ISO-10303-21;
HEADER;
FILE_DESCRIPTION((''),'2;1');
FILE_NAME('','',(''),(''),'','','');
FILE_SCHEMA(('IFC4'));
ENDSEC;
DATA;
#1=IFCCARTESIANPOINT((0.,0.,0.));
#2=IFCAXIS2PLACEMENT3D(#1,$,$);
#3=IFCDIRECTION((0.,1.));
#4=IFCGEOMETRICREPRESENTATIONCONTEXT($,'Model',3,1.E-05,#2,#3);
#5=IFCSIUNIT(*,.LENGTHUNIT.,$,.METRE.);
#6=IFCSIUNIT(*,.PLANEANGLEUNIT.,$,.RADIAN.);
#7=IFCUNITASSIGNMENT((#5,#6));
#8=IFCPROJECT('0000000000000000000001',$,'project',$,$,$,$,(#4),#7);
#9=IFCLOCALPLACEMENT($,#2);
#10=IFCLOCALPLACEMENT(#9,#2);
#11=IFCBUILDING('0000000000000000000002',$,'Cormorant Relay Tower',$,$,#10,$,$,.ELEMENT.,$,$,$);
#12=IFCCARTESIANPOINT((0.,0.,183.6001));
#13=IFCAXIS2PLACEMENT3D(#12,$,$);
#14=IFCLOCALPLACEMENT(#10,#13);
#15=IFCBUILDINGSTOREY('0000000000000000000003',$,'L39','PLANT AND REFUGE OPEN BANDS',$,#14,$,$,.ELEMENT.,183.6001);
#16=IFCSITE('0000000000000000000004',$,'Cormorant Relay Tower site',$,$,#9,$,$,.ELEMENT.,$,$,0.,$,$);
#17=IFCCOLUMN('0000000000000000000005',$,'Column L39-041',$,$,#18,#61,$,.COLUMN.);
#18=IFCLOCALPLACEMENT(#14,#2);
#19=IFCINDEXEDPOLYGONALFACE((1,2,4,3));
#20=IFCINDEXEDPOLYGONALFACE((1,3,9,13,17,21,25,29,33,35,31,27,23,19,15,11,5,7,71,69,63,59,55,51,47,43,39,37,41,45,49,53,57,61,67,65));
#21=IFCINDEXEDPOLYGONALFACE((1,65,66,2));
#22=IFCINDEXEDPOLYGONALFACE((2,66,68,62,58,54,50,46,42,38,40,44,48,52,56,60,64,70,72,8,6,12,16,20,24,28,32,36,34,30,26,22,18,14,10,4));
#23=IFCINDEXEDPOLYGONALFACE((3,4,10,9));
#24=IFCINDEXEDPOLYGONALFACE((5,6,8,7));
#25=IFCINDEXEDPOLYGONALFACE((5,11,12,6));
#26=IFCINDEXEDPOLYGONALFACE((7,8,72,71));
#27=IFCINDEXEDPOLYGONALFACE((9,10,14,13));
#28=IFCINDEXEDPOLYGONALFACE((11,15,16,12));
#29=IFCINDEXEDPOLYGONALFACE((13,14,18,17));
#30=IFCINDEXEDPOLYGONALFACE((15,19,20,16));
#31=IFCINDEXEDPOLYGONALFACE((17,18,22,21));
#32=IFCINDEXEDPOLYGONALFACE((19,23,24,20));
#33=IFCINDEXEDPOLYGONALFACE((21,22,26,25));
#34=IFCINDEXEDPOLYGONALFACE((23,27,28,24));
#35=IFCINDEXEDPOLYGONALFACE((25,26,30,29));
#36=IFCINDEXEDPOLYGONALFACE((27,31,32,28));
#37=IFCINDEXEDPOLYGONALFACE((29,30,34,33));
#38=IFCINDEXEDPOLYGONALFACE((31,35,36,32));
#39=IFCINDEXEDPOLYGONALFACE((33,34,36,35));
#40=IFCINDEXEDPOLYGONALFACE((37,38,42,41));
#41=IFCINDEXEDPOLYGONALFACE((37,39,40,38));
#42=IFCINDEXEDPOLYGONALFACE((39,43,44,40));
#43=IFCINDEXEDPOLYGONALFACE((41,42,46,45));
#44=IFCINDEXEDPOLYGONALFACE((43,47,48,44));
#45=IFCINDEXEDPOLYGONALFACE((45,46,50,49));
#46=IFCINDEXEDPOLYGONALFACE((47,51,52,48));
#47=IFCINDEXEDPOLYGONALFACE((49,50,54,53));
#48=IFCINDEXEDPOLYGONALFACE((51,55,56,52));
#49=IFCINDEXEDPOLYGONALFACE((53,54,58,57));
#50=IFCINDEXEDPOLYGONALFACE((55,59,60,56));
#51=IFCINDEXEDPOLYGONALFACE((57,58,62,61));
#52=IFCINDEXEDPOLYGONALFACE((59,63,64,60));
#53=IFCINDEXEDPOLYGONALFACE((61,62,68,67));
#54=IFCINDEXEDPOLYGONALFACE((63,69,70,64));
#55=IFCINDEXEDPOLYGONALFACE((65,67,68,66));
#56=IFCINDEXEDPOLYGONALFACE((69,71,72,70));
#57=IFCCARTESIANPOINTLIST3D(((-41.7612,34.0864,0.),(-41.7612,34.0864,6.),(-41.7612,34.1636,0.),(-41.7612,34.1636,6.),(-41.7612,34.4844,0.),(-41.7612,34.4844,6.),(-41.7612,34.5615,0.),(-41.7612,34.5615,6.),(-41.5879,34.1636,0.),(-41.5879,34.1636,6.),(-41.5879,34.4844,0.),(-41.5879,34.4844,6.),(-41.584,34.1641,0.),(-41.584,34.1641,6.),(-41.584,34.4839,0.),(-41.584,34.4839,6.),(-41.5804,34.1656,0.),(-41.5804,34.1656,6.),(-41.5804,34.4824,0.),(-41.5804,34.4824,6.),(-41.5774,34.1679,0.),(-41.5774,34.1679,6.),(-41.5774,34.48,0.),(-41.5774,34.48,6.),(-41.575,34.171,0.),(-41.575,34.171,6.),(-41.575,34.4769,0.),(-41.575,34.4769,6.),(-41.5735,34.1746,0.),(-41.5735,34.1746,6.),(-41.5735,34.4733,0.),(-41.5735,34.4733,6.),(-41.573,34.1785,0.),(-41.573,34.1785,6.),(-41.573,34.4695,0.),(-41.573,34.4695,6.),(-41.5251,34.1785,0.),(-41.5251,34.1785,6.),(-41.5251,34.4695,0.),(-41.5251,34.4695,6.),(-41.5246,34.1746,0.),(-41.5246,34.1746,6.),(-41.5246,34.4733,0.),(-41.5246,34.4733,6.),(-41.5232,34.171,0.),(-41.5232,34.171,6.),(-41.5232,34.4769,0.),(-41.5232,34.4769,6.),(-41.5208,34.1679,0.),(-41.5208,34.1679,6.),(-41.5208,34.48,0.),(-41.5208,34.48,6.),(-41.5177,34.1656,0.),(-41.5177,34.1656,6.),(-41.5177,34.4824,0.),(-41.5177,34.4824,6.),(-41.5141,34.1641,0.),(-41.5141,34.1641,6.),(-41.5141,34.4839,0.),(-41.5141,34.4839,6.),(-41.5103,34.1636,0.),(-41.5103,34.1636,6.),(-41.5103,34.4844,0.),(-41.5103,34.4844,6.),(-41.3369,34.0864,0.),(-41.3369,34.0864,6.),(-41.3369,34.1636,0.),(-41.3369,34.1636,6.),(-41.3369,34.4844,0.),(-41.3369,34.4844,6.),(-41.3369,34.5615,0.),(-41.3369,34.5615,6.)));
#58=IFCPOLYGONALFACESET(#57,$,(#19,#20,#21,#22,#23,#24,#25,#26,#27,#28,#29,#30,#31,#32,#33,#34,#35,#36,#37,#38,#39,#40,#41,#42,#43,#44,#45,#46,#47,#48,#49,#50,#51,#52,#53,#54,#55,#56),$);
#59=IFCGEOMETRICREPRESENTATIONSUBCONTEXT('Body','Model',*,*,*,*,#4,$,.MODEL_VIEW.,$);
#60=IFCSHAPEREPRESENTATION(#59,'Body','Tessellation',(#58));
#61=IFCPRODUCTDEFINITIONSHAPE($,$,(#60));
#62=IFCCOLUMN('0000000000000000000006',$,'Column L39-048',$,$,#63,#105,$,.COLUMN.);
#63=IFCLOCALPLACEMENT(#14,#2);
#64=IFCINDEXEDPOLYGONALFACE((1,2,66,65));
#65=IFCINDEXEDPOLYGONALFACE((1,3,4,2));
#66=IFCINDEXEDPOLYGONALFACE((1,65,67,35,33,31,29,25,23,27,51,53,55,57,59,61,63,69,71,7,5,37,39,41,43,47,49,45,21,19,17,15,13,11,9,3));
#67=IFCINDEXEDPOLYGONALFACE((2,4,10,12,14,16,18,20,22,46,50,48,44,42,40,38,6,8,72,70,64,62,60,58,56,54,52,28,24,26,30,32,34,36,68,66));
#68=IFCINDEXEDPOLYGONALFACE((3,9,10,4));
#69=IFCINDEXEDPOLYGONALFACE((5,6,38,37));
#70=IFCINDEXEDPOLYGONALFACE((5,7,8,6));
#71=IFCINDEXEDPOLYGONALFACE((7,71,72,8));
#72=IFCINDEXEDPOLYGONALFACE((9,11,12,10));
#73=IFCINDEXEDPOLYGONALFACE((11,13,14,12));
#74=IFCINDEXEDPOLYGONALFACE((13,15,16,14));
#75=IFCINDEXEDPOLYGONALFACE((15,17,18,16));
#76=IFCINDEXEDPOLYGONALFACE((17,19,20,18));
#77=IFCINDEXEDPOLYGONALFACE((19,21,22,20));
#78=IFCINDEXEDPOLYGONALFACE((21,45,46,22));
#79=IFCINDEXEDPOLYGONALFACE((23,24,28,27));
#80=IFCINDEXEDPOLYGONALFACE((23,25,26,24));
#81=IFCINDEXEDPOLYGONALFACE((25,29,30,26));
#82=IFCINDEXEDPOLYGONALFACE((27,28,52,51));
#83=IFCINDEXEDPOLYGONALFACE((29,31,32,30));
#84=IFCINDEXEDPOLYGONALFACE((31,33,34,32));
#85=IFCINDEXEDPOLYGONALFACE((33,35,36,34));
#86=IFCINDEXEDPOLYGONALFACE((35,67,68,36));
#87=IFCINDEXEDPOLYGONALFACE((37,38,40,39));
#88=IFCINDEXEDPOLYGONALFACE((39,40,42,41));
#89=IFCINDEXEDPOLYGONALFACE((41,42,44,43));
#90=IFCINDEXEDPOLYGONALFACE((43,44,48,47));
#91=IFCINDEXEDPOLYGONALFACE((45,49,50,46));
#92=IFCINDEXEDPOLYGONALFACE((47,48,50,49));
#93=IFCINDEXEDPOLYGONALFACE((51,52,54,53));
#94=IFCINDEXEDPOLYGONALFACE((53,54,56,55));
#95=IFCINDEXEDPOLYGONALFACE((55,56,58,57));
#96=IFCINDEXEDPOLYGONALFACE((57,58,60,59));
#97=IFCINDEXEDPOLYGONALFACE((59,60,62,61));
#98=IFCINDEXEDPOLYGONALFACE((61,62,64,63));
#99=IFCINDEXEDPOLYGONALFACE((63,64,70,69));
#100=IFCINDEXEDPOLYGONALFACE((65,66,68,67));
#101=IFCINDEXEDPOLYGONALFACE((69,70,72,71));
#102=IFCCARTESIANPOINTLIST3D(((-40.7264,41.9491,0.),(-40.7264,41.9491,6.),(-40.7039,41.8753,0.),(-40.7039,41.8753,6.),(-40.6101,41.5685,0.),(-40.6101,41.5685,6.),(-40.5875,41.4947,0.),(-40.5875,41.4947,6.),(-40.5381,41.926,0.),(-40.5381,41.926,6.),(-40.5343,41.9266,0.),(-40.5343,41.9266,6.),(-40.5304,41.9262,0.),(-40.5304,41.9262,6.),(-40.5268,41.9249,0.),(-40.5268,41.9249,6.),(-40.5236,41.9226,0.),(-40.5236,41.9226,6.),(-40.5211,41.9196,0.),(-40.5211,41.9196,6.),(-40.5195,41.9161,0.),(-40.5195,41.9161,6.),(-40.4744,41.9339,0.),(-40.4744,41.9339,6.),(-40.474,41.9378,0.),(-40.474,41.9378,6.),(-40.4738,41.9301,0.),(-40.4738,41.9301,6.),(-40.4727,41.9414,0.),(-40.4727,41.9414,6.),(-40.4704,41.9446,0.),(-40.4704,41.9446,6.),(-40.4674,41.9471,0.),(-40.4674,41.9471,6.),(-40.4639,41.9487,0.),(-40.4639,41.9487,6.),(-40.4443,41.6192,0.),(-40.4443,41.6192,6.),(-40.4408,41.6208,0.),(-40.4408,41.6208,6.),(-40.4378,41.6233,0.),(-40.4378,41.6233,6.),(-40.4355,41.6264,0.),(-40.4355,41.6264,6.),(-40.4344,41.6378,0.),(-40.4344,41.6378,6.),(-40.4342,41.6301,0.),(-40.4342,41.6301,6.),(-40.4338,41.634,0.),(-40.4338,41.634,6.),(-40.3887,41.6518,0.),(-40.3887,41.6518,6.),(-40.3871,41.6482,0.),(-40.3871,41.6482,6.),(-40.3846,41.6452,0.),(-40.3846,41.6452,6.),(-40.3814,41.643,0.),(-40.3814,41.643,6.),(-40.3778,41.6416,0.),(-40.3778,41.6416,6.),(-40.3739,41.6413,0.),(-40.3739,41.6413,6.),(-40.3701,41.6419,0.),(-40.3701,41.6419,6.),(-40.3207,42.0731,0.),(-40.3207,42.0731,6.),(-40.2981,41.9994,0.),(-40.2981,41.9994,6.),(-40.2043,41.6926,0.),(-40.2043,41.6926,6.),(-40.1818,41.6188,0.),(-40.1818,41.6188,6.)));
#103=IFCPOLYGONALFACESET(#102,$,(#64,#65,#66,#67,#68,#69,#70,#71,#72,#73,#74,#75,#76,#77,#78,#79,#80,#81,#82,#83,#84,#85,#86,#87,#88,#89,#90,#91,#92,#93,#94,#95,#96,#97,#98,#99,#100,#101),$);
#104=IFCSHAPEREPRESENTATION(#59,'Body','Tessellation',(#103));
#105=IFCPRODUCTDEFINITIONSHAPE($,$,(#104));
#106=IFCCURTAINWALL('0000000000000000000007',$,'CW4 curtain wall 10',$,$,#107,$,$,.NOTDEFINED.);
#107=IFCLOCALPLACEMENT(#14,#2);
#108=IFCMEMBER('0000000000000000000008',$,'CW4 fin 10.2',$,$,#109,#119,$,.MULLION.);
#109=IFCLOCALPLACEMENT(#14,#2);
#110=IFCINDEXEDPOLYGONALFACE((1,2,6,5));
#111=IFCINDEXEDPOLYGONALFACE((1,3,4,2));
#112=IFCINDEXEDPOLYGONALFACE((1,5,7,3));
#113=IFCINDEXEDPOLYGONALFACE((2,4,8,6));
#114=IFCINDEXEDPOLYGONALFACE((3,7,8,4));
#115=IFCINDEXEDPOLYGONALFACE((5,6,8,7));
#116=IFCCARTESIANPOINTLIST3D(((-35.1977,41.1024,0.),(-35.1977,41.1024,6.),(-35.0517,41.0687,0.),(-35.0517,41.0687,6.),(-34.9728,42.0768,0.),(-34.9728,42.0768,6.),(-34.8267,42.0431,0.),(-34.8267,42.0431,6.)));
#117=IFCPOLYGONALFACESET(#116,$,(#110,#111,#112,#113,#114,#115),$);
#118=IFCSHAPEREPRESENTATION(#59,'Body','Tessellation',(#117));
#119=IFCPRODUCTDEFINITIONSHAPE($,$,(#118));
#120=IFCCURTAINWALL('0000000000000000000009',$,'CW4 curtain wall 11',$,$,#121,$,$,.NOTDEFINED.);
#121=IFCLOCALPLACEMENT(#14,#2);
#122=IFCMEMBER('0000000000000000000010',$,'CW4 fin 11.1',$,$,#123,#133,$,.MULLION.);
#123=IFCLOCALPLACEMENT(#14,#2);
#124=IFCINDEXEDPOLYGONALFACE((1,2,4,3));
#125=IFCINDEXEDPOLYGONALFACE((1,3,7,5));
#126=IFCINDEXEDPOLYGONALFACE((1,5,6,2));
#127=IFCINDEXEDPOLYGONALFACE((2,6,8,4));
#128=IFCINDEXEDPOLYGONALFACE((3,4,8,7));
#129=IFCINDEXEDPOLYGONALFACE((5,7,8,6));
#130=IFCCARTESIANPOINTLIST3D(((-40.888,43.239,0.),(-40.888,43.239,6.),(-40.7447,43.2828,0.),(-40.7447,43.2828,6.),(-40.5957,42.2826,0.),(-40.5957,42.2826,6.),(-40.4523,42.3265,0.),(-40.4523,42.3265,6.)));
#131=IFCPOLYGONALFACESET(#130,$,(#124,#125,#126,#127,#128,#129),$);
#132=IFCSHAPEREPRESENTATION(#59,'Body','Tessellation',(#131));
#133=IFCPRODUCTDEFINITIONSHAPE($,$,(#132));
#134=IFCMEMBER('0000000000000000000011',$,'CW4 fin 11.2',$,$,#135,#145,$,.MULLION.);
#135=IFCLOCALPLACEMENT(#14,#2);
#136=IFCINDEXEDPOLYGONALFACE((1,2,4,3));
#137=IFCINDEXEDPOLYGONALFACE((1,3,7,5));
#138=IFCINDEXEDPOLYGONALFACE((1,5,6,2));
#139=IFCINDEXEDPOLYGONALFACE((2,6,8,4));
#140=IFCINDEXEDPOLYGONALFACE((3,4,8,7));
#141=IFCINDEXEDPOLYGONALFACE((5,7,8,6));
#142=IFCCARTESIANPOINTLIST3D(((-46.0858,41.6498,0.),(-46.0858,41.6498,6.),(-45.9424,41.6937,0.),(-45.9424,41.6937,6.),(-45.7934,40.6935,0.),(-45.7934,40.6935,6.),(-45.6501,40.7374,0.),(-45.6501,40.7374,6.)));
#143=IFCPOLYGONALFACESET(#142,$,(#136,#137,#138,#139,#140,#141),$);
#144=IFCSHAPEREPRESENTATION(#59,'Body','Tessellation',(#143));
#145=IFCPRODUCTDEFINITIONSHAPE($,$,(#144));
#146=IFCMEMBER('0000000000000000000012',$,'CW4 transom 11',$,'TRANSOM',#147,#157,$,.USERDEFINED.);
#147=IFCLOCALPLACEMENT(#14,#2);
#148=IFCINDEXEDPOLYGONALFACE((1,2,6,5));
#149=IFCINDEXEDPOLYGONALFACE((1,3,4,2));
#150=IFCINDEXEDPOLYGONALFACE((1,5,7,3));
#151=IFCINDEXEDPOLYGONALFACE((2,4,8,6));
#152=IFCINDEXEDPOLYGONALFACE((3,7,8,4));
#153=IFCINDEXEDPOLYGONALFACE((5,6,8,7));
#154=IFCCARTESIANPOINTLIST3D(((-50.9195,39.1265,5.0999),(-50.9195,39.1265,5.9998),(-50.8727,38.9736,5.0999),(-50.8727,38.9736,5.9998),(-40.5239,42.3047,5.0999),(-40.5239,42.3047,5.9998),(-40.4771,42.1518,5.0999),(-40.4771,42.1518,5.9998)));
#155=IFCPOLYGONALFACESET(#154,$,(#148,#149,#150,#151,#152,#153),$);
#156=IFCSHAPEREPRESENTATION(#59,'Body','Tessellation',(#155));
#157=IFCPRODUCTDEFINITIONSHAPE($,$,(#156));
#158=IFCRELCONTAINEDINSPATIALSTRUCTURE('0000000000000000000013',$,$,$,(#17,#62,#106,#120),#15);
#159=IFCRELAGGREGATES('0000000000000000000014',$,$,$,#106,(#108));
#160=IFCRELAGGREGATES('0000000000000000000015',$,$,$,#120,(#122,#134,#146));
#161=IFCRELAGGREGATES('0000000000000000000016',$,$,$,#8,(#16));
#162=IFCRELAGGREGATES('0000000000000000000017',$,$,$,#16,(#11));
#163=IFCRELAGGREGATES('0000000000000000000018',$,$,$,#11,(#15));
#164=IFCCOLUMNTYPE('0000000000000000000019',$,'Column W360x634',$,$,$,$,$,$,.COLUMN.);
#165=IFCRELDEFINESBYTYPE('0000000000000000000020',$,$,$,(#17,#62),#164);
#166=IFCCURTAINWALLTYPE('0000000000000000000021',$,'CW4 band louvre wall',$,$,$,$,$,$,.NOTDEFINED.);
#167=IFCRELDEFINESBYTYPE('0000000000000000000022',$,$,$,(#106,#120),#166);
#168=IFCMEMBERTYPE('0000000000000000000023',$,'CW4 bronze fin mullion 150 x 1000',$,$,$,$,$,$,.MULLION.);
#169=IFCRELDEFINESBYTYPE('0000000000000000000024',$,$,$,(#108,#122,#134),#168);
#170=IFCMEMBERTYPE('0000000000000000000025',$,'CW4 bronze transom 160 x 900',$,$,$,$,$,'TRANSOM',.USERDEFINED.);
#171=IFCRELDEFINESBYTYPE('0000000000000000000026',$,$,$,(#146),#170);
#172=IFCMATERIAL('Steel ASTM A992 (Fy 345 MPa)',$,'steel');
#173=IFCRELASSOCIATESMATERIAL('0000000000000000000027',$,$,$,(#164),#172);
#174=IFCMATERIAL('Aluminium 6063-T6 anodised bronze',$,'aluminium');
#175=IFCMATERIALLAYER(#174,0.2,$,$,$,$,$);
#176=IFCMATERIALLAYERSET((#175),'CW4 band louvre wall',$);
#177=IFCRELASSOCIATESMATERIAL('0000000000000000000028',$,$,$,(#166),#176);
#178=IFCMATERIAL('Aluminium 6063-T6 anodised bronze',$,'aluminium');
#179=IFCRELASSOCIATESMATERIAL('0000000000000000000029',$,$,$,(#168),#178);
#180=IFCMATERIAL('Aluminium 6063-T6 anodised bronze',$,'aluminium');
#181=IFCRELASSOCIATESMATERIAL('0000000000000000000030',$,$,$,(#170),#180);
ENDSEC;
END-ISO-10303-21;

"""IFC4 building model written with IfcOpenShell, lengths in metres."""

from ifc_helpers import new_model, si_unit, direction, frame, origin, origin_2d, place, context, subcontext, project, spatial, rectangle, i_section, extrude, material, layer, layer_set, material_profile, profile_set, type_object, element, aggregate, save


model = new_model("IFC4")

# Units and contexts
model_context = context("Model", 3, precision=1e-05, world=origin(), true_north=direction((0.0, 1.0)))
body_context = subcontext(model_context, "Body", "Model", "MODEL_VIEW")
ifc_project = project(units=[si_unit("LENGTHUNIT", "METRE"), si_unit("PLANEANGLEUNIT", "RADIAN")], contexts=[model_context])

# Site, building, storey
site_placement = place(None, origin())
site = spatial("IfcSite", under=ifc_project, at=site_placement, Name="Cormorant Relay Tower site", CompositionType="ELEMENT", RefElevation=0.0)
building_placement = place(site_placement, origin())
building = spatial("IfcBuilding", under=site, at=building_placement, Name="Cormorant Relay Tower", CompositionType="ELEMENT")
storey_placement = place(building_placement, frame((0.0, 0.0, 183.6001)))
storey = spatial("IfcBuildingStorey", under=building, at=storey_placement, Name="L39", Description="PLANT AND REFUGE OPEN BANDS", CompositionType="ELEMENT", Elevation=183.6001)

# Columns
ifc_material_1 = material(Name="Steel ASTM A992 (Fy 345 MPa)", Category="steel")
ifc_material_profile_1 = material_profile(ifc_material_1, i_section(OverallWidth=0.4243, OverallDepth=0.4751, WebThickness=0.0479, FlangeThickness=0.0771, FilletRadius=0.0149, at=origin_2d()), Name="W360x634")
ifc_profile_set_1 = profile_set([ifc_material_profile_1], Name="Steel ASTM A992 (Fy 345 MPa)")
column_type = type_object("IfcColumnType", Name="Column W360x634", PredefinedType="COLUMN", material=ifc_profile_set_1)
for number, where, z_axis, x_axis, name in (
    (1, (-41.5491, 34.324, 0.0), (0.0, 0.0, 1.0), (1.0, 0.0, 0.0), "Column L39-041"),
    (2, (-40.4541, 41.7839, 0.0), (0.0, 0.0, 1.0), (-0.956305, -0.292372, 0.0), "Column L39-048"),
):
    element("IfcColumn", number, at=place(storey_placement, frame(where, z_axis=z_axis, x_axis=x_axis)), inside=storey, type_object=column_type, Name=name, PredefinedType="COLUMN", context=body_context, shape_type="SweptSolid", body=[
        extrude(i_section(OverallWidth=0.4243, OverallDepth=0.4751, WebThickness=0.0479, FlangeThickness=0.0771, FilletRadius=0.0149, at=origin_2d()), origin(), (0.0, 0.0, 1.0), 6.0),
    ])

# Curtain wall, member
ifc_material_2 = material(Name="Aluminium 6063-T6 anodised bronze", Category="aluminium")
ifc_layer_1 = layer(ifc_material_2, 0.2)
ifc_layer_set_1 = layer_set([ifc_layer_1], Name="CW4 band louvre wall")
curtain_wall_type = type_object("IfcCurtainWallType", Name="CW4 band louvre wall", PredefinedType="NOTDEFINED", material=ifc_layer_set_1)
curtain_wall_1_placement = place(storey_placement, origin())
curtain_wall_1 = element("IfcCurtainWall", 3, at=curtain_wall_1_placement, inside=storey, type_object=curtain_wall_type, Name="CW4 curtain wall 10", PredefinedType="NOTDEFINED")
ifc_material_3 = material(Name="Aluminium 6063-T6 anodised bronze", Category="aluminium")
ifc_material_profile_2 = material_profile(ifc_material_3, rectangle(XDim=0.1499, YDim=1.0, at=origin_2d()), Name="AL 150x1000")
ifc_profile_set_2 = profile_set([ifc_material_profile_2], Name="Aluminium 6063-T6 anodised bronze")
member_type_1 = type_object("IfcMemberType", Name="CW4 bronze fin mullion 150 x 1000", PredefinedType="MULLION", material=ifc_profile_set_2)
member_1_placement = place(storey_placement, frame((-35.0122, 41.5728, 0.0), z_axis=(0.0, 0.0, 1.0), x_axis=(-0.97437, 0.224951, 0.0)))
member_1 = element("IfcMember", 4, at=member_1_placement, type_object=member_type_1, Name="CW4 fin 10.2", PredefinedType="MULLION", context=body_context, shape_type="SweptSolid", body=[
    extrude(rectangle(XDim=0.1499, YDim=1.0, at=origin_2d()), origin(), (0.0, 0.0, 1.0), 6.0),
])

# Curtain wall, members
curtain_wall_2_placement = place(storey_placement, origin())
curtain_wall_2 = element("IfcCurtainWall", 5, at=curtain_wall_2_placement, inside=storey, type_object=curtain_wall_type, Name="CW4 curtain wall 11", PredefinedType="NOTDEFINED")
member_2_placement = place(storey_placement, frame((-40.6702, 42.7827, 0.0), z_axis=(0.0, 0.0, 1.0), x_axis=(-0.956305, -0.292372, 0.0)))
member_2 = element("IfcMember", 6, at=member_2_placement, type_object=member_type_1, Name="CW4 fin 11.1", PredefinedType="MULLION", context=body_context, shape_type="SweptSolid", body=[
    extrude(rectangle(XDim=0.1499, YDim=1.0, at=origin_2d()), origin(), (0.0, 0.0, 1.0), 6.0),
])
member_3_placement = place(storey_placement, frame((-45.8679, 41.1936, 0.0), z_axis=(0.0, 0.0, 1.0), x_axis=(-0.956305, -0.292372, 0.0)))
member_3 = element("IfcMember", 7, at=member_3_placement, type_object=member_type_1, Name="CW4 fin 11.2", PredefinedType="MULLION", context=body_context, shape_type="SweptSolid", body=[
    extrude(rectangle(XDim=0.1499, YDim=1.0, at=origin_2d()), origin(), (0.0, 0.0, 1.0), 6.0),
])
ifc_material_4 = material(Name="Aluminium 6063-T6 anodised bronze", Category="aluminium")
ifc_material_profile_3 = material_profile(ifc_material_4, rectangle(XDim=0.1599, YDim=0.8999, at=origin_2d()), Name="AL 160x900")
ifc_profile_set_3 = profile_set([ifc_material_profile_3], Name="Aluminium 6063-T6 anodised bronze")
member_type_2 = type_object("IfcMemberType", Name="CW4 bronze transom 160 x 900", ElementType="TRANSOM", PredefinedType="USERDEFINED", material=ifc_profile_set_3)
member_4_placement = place(storey_placement, frame((-40.5005, 42.2283, 5.5498), z_axis=(-0.956305, -0.292371, 0.0), x_axis=(0.292371, -0.956305, 0.0)))
member_4 = element("IfcMember", 8, at=member_4_placement, type_object=member_type_2, Name="CW4 transom 11", ObjectType="TRANSOM", PredefinedType="USERDEFINED", context=body_context, shape_type="SweptSolid", body=[
    extrude(rectangle(XDim=0.1599, YDim=0.8999, at=origin_2d()), origin(), (0.0, 0.0, 1.0), 10.8706),
])

aggregate(curtain_wall_1, [member_1])
aggregate(curtain_wall_2, [member_2, member_3, member_4])

save(model, "model.ifc")
